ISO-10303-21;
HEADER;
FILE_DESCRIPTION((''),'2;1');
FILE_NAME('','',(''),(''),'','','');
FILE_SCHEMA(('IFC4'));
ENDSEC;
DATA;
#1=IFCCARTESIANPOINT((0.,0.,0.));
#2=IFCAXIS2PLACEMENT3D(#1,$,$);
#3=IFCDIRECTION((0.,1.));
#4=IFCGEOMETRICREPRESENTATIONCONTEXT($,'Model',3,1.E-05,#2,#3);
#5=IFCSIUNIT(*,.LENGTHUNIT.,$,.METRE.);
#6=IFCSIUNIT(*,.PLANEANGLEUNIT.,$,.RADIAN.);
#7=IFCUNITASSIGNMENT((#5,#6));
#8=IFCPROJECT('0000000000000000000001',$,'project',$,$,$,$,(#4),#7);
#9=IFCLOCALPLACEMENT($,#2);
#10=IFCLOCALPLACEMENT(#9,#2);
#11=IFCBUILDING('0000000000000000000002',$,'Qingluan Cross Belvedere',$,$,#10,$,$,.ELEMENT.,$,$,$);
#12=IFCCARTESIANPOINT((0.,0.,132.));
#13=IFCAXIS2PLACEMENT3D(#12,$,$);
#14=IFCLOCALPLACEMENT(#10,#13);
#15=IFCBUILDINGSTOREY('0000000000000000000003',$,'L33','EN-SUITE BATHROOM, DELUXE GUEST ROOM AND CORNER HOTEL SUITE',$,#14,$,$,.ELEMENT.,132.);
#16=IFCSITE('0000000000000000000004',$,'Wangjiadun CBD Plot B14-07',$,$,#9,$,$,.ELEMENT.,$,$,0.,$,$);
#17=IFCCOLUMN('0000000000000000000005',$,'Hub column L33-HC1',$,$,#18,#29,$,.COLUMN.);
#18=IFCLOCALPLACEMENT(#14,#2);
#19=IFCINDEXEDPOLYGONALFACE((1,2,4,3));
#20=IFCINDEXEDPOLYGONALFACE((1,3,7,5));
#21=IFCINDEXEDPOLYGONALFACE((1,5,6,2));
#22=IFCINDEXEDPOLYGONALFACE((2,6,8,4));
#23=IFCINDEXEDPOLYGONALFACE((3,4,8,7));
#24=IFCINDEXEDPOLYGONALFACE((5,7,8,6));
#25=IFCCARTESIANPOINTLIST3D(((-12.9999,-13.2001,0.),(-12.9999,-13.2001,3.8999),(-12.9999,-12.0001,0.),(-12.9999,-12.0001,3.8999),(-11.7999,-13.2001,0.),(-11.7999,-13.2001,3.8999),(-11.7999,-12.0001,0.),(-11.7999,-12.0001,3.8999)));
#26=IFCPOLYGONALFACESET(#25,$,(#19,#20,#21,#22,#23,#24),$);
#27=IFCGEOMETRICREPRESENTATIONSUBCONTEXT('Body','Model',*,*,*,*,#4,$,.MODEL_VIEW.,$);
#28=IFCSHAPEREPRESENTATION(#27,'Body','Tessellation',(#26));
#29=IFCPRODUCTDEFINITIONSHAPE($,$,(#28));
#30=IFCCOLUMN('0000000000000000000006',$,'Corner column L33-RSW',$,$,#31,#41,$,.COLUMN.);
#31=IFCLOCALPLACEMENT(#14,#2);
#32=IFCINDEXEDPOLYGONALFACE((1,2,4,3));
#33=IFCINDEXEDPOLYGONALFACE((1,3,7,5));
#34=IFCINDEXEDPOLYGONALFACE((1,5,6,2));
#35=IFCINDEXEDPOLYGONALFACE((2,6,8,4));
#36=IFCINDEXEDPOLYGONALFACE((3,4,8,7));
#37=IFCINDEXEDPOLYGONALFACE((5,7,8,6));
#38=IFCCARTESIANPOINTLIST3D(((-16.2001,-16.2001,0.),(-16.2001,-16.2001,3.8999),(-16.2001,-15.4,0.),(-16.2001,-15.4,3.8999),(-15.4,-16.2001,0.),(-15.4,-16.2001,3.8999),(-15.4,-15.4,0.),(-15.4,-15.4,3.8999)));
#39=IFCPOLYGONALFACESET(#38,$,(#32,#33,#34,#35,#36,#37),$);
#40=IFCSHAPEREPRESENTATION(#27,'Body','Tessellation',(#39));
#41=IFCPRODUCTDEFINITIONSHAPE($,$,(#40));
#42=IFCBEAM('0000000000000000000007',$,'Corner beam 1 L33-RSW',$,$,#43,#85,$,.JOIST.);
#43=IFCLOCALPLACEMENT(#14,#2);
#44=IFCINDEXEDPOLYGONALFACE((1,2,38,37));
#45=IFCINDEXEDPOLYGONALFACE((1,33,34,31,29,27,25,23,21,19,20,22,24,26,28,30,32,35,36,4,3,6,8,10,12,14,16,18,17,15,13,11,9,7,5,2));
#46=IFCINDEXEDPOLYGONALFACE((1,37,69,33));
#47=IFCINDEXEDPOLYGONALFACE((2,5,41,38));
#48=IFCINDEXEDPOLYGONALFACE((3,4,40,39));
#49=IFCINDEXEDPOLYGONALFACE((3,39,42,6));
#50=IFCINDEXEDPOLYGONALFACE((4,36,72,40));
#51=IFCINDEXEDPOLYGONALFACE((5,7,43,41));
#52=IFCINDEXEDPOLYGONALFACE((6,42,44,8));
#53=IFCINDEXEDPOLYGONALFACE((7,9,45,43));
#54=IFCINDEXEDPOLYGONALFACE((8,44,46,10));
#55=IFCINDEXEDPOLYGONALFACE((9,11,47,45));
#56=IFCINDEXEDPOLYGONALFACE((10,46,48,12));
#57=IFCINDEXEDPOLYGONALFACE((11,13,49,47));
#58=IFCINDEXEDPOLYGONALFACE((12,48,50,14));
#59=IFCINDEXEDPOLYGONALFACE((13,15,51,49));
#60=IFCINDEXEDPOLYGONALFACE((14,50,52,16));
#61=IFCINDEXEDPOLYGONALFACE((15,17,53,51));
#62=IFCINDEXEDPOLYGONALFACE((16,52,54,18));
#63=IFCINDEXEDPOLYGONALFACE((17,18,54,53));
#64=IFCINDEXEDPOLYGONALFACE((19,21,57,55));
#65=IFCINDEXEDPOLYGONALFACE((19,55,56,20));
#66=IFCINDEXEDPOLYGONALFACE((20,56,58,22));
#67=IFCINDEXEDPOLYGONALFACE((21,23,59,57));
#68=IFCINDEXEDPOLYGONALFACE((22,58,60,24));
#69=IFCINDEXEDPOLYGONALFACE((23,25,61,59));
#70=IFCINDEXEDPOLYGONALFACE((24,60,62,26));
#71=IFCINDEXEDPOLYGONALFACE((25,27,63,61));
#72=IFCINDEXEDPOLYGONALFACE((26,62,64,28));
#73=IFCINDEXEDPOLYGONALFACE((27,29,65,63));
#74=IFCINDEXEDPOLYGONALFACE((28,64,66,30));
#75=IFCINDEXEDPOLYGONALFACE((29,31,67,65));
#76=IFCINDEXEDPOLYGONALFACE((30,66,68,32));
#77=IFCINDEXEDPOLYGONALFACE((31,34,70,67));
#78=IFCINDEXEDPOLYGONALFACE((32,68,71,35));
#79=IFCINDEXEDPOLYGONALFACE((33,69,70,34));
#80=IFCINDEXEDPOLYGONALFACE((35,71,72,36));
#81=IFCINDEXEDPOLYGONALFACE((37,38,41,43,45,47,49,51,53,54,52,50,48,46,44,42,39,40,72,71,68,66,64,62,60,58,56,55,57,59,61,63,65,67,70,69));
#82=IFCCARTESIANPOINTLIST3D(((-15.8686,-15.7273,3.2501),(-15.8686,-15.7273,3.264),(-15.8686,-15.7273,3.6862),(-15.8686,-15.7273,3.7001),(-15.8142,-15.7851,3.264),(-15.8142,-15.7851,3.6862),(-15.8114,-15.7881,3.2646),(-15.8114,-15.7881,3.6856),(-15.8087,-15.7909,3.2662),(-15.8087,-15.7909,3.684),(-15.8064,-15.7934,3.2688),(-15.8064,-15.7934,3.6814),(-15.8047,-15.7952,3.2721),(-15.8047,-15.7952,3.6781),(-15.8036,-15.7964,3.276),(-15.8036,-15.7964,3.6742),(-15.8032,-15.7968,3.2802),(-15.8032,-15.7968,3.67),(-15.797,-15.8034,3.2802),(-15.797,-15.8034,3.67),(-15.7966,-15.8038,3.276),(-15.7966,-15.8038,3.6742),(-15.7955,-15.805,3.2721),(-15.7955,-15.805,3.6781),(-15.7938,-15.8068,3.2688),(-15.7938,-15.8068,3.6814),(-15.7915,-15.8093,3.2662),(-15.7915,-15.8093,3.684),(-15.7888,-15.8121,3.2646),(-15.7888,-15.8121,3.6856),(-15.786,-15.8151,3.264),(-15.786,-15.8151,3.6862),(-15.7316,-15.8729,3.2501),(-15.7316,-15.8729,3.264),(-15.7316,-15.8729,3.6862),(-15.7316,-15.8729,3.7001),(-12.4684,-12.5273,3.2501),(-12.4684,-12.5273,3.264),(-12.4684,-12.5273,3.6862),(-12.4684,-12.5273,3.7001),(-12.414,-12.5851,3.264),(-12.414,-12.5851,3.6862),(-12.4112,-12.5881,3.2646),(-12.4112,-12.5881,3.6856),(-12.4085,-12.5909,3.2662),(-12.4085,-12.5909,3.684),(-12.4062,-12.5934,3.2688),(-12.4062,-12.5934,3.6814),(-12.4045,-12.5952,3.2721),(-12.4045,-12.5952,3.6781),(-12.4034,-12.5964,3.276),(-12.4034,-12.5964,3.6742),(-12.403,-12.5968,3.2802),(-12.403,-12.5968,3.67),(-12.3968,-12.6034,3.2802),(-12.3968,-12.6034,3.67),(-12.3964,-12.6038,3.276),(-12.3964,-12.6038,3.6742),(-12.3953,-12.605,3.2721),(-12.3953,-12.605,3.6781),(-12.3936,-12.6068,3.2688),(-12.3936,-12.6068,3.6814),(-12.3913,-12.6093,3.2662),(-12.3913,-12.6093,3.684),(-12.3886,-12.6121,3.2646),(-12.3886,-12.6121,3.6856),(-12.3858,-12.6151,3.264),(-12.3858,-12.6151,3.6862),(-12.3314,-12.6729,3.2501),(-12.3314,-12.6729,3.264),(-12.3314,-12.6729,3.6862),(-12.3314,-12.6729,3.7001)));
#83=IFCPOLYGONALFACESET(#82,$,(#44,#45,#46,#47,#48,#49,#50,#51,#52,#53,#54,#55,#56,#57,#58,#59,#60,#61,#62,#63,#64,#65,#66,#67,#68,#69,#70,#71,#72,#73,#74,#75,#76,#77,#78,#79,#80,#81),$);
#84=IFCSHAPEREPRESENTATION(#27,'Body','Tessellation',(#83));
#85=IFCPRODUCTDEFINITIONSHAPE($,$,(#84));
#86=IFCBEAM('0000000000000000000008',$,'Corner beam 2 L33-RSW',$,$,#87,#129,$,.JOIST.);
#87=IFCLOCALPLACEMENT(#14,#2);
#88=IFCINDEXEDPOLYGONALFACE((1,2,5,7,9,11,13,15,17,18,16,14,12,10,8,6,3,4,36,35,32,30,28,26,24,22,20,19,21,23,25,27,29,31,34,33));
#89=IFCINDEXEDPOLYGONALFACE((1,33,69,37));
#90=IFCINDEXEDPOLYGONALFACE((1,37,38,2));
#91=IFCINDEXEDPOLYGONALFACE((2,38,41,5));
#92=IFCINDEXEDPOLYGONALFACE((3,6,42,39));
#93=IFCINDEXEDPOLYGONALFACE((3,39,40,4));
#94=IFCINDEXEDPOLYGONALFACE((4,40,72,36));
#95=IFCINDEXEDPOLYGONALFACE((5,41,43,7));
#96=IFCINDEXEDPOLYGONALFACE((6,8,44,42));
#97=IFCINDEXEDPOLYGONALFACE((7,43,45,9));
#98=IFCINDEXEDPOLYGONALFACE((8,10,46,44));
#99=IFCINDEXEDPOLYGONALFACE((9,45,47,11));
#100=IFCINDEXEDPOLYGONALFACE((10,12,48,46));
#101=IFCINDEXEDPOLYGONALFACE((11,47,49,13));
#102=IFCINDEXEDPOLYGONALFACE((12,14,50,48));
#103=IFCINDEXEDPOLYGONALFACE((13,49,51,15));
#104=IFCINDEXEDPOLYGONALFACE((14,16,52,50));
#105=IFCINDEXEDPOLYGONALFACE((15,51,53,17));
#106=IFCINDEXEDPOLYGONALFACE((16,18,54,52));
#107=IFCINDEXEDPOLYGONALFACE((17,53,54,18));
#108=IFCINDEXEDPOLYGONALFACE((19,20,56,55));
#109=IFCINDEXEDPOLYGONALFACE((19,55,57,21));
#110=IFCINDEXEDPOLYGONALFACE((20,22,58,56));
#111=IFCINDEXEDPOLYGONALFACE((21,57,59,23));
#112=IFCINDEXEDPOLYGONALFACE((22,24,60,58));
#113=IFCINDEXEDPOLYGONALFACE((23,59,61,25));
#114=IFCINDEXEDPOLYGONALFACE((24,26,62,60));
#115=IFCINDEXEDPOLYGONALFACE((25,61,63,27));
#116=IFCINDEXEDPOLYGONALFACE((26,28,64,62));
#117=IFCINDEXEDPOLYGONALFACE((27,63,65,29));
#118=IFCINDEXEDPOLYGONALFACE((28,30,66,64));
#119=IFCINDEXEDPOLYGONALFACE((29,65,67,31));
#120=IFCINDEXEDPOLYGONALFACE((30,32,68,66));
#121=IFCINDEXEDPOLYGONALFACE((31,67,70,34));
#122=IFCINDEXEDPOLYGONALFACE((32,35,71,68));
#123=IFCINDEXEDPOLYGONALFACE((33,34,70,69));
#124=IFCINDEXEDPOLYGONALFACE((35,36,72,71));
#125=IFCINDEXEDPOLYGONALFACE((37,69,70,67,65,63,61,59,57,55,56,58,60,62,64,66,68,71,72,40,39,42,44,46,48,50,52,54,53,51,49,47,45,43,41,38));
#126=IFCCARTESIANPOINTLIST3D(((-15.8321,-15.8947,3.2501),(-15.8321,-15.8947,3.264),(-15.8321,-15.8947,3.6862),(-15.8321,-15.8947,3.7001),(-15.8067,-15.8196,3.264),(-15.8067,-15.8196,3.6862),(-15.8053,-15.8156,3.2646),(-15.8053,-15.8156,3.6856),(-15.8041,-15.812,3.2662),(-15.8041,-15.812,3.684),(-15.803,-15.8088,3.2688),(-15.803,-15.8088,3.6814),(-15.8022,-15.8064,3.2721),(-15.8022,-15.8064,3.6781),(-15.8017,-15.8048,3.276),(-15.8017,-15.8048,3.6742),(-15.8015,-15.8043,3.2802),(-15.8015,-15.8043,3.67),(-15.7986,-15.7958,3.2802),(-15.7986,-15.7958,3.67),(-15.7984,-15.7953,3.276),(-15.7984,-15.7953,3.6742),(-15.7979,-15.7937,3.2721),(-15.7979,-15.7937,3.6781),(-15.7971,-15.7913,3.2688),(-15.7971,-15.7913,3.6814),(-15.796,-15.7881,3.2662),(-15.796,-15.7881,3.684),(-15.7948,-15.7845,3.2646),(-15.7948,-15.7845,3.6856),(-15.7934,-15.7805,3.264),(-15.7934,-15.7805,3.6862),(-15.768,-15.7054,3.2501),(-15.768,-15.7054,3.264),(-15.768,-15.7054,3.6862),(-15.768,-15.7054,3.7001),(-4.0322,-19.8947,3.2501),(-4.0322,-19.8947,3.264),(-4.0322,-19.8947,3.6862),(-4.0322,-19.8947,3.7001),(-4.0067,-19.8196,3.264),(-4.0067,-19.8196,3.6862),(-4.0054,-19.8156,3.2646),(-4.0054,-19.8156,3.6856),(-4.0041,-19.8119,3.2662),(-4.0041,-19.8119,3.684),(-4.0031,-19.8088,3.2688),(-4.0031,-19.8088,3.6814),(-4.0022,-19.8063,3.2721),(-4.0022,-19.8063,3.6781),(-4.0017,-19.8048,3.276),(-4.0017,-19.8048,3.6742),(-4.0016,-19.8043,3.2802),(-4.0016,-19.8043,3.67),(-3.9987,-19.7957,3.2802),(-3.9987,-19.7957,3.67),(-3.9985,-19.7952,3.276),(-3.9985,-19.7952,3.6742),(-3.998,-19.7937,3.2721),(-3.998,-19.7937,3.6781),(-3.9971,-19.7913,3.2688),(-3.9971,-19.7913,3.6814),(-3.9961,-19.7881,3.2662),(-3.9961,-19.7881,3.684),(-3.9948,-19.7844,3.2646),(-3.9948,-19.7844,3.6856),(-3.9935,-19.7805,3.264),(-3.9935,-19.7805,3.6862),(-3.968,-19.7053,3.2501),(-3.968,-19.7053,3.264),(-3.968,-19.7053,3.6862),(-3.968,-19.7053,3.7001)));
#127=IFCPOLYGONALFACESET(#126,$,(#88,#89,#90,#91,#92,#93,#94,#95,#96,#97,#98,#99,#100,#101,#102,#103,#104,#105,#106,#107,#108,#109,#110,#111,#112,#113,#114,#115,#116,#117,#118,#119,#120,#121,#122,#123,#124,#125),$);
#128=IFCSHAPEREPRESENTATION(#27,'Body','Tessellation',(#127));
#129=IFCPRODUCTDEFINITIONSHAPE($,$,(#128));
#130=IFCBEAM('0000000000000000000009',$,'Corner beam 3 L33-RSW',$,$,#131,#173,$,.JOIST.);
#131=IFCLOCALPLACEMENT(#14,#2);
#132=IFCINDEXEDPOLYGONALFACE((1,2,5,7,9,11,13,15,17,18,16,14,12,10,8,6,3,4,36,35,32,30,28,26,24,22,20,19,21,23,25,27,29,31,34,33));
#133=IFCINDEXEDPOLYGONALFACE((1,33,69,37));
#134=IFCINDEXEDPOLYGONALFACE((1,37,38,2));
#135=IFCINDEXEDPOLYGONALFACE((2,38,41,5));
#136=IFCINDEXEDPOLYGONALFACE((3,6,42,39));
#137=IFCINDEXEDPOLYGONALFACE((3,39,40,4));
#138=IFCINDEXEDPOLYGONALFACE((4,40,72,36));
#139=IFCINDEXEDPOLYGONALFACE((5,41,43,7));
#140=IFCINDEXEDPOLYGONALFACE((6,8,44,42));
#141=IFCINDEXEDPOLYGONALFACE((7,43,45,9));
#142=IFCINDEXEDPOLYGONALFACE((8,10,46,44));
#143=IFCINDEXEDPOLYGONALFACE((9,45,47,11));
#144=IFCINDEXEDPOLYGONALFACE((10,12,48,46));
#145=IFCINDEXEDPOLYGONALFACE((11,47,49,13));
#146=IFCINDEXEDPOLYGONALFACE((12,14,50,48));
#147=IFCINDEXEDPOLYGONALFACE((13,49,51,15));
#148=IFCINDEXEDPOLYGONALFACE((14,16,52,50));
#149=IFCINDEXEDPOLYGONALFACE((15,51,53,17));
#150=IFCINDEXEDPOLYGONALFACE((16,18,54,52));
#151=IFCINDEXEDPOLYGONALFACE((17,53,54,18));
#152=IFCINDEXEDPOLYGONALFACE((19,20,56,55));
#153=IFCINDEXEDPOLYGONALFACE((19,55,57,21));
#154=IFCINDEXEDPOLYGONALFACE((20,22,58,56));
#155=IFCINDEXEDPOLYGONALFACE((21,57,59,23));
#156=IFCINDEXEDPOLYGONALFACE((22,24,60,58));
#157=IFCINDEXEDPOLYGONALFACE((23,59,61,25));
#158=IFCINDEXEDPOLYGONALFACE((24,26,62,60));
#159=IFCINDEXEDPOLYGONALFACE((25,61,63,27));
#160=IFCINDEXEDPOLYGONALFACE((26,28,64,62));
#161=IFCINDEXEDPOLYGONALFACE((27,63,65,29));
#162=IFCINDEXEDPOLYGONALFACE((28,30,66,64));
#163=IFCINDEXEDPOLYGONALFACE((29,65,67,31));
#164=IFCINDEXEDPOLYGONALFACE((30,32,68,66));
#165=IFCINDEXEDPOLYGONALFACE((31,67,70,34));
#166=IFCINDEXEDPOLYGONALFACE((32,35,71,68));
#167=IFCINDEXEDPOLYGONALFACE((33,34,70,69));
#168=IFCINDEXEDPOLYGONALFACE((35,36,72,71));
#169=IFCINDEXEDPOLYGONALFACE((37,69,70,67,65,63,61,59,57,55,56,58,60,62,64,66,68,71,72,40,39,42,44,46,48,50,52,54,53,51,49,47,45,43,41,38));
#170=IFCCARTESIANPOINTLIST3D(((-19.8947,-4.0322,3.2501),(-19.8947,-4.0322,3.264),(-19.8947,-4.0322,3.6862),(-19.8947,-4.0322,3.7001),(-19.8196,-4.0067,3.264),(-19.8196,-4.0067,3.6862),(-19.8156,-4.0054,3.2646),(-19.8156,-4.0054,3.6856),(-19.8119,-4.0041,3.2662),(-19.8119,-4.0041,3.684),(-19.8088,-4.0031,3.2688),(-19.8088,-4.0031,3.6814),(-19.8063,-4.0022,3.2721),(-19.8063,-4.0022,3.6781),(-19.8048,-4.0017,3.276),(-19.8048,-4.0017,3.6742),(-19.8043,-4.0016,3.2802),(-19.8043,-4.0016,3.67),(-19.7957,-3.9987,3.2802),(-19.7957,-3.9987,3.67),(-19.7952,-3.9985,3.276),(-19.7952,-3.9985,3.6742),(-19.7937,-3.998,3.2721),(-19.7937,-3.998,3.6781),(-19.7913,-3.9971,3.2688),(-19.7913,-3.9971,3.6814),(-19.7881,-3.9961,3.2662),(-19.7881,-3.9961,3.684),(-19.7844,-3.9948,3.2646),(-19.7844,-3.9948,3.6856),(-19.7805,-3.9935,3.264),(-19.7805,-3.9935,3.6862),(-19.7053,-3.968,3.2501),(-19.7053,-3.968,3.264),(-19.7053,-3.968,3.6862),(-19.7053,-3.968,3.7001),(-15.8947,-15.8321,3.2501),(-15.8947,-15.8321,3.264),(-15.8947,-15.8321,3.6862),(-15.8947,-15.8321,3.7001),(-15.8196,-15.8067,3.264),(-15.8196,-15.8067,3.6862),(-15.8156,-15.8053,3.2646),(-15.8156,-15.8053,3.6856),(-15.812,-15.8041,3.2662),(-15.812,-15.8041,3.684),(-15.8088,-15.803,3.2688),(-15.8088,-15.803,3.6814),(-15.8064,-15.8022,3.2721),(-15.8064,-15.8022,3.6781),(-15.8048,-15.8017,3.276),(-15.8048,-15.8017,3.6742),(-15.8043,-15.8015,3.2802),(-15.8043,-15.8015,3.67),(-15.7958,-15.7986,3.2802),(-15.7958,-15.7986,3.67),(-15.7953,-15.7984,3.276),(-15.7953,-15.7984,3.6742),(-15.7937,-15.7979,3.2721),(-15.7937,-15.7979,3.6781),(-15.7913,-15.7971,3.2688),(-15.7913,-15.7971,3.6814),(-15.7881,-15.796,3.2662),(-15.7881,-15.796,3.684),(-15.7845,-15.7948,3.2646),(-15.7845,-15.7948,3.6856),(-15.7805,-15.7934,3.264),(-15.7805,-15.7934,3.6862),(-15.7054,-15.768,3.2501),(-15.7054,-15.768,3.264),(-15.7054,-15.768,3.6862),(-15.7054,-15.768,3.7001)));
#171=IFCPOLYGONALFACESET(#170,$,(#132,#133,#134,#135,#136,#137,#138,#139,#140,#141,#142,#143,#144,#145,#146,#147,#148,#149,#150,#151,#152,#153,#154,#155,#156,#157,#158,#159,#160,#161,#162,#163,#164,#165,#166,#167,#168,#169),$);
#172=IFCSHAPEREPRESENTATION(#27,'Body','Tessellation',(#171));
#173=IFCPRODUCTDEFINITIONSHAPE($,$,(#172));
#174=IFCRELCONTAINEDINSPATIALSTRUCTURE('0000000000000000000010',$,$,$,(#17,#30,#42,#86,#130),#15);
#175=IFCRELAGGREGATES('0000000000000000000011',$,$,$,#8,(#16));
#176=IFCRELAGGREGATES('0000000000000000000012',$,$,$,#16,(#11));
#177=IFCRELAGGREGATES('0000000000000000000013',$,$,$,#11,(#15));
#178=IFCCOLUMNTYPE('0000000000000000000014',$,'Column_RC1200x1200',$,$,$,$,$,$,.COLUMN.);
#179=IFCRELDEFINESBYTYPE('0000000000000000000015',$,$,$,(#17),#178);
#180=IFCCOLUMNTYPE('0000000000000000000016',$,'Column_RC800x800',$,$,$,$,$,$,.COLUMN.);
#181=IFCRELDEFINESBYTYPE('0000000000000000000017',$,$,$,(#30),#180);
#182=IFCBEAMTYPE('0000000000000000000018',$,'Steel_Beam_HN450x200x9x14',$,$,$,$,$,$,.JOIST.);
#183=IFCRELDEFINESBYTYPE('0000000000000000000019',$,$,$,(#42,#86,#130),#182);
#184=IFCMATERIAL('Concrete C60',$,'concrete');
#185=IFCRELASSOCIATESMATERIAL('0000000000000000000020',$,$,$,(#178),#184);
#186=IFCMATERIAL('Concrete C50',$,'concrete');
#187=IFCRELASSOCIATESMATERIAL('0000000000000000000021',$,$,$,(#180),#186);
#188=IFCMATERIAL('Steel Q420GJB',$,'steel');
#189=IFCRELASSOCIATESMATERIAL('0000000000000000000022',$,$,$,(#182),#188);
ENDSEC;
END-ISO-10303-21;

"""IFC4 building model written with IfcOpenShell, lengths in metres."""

from ifc_helpers import new_model, si_unit, direction, frame, origin, origin_2d, place, context, subcontext, project, spatial, rectangle, i_section, extrude, material, material_profile, profile_set, type_object, element, save


model = new_model("IFC4")

# Units and contexts
model_context = context("Model", 3, precision=1e-05, world=origin(), true_north=direction((0.0, 1.0)))
body_context = subcontext(model_context, "Body", "Model", "MODEL_VIEW")
ifc_project = project(units=[si_unit("LENGTHUNIT", "METRE"), si_unit("PLANEANGLEUNIT", "RADIAN")], contexts=[model_context])

# Site, building, storey
site_placement = place(None, origin())
site = spatial("IfcSite", under=ifc_project, at=site_placement, Name="Wangjiadun CBD Plot B14-07", CompositionType="ELEMENT", RefElevation=0.0)
building_placement = place(site_placement, origin())
building = spatial("IfcBuilding", under=site, at=building_placement, Name="Qingluan Cross Belvedere", CompositionType="ELEMENT")
storey_placement = place(building_placement, frame((0.0, 0.0, 132.0)))
storey = spatial("IfcBuildingStorey", under=building, at=storey_placement, Name="L33", Description="EN-SUITE BATHROOM, DELUXE GUEST ROOM AND CORNER HOTEL SUITE", CompositionType="ELEMENT", Elevation=132.0)

# Columns
ifc_material_1 = material(Name="Concrete C60", Category="concrete")
ifc_material_profile_1 = material_profile(ifc_material_1, rectangle(XDim=1.2, YDim=1.2, at=origin_2d()), Name="RC1200x1200")
ifc_profile_set_1 = profile_set([ifc_material_profile_1], Name="Concrete C60")
column_type_1 = type_object("IfcColumnType", Name="Column_RC1200x1200", PredefinedType="COLUMN", material=ifc_profile_set_1)
column_1_placement = place(storey_placement, frame((-12.3999, -12.6001, 0.0), z_axis=(0.0, 0.0, 1.0), x_axis=(1.0, 0.0, 0.0)))
element("IfcColumn", 1, at=column_1_placement, inside=storey, type_object=column_type_1, Name="Hub column L33-HC1", PredefinedType="COLUMN", context=body_context, shape_type="SweptSolid", body=[
    extrude(rectangle(XDim=1.2, YDim=1.2, at=origin_2d()), origin(), (0.0, 0.0, 1.0), 3.8999),
])
ifc_material_2 = material(Name="Concrete C50", Category="concrete")
ifc_material_profile_2 = material_profile(ifc_material_2, rectangle(XDim=0.8, YDim=0.8, at=origin_2d()), Name="RC800x800")
ifc_profile_set_2 = profile_set([ifc_material_profile_2], Name="Concrete C50")
column_type_2 = type_object("IfcColumnType", Name="Column_RC800x800", PredefinedType="COLUMN", material=ifc_profile_set_2)
column_2_placement = place(storey_placement, frame((-15.8, -15.8, 0.0), z_axis=(0.0, 0.0, 1.0), x_axis=(1.0, 0.0, 0.0)))
element("IfcColumn", 2, at=column_2_placement, inside=storey, type_object=column_type_2, Name="Corner column L33-RSW", PredefinedType="COLUMN", context=body_context, shape_type="SweptSolid", body=[
    extrude(rectangle(XDim=0.8, YDim=0.8, at=origin_2d()), origin(), (0.0, 0.0, 1.0), 3.8999),
])

# Beams
ifc_material_3 = material(Name="Steel Q420GJB", Category="steel")
ifc_material_profile_3 = material_profile(ifc_material_3, i_section(OverallWidth=0.2, OverallDepth=0.45, WebThickness=0.009, FlangeThickness=0.0139, FilletRadius=0.0161, at=origin_2d()), Name="HN450x200x9x14")
ifc_profile_set_3 = profile_set([ifc_material_profile_3], Name="Steel Q420GJB")
beam_type_1 = type_object("IfcBeamType", Name="Steel_Beam_HN450x200x9x14", PredefinedType="JOIST", material=ifc_profile_set_3)
beam_1_placement = place(storey_placement, frame((-12.3999, -12.6001, 3.4751), z_axis=(-0.72822, -0.685343, 0.0), x_axis=(0.685343, -0.72822, 0.0)))
element("IfcBeam", 3, at=beam_1_placement, inside=storey, type_object=beam_type_1, Name="Corner beam 1 L33-RSW", PredefinedType="JOIST", context=body_context, shape_type="SweptSolid", body=[
    extrude(i_section(OverallWidth=0.2, OverallDepth=0.45, WebThickness=0.009, FlangeThickness=0.0139, FilletRadius=0.0161, at=origin_2d()), origin(), (0.0, 0.0, 1.0), 4.6692),
])
for number, where, z_axis, x_axis, name in (
    (4, (-15.8, -15.8, 3.4751), (0.947066, -0.321038, 0.0), (0.321038, 0.947066, 0.0), "Corner beam 2 L33-RSW"),
    (5, (-15.8, -15.8, 3.4751), (-0.321038, 0.947066, 0.0), (-0.947066, -0.321038, 0.0), "Corner beam 3 L33-RSW"),
):
    element("IfcBeam", number, at=place(storey_placement, frame(where, z_axis=z_axis, x_axis=x_axis)), inside=storey, type_object=beam_type_1, Name=name, PredefinedType="JOIST", context=body_context, shape_type="SweptSolid", body=[
        extrude(i_section(OverallWidth=0.2, OverallDepth=0.45, WebThickness=0.009, FlangeThickness=0.0139, FilletRadius=0.0161, at=origin_2d()), origin(), (0.0, 0.0, 1.0), 12.4595),
    ])

save(model, "model.ifc")
